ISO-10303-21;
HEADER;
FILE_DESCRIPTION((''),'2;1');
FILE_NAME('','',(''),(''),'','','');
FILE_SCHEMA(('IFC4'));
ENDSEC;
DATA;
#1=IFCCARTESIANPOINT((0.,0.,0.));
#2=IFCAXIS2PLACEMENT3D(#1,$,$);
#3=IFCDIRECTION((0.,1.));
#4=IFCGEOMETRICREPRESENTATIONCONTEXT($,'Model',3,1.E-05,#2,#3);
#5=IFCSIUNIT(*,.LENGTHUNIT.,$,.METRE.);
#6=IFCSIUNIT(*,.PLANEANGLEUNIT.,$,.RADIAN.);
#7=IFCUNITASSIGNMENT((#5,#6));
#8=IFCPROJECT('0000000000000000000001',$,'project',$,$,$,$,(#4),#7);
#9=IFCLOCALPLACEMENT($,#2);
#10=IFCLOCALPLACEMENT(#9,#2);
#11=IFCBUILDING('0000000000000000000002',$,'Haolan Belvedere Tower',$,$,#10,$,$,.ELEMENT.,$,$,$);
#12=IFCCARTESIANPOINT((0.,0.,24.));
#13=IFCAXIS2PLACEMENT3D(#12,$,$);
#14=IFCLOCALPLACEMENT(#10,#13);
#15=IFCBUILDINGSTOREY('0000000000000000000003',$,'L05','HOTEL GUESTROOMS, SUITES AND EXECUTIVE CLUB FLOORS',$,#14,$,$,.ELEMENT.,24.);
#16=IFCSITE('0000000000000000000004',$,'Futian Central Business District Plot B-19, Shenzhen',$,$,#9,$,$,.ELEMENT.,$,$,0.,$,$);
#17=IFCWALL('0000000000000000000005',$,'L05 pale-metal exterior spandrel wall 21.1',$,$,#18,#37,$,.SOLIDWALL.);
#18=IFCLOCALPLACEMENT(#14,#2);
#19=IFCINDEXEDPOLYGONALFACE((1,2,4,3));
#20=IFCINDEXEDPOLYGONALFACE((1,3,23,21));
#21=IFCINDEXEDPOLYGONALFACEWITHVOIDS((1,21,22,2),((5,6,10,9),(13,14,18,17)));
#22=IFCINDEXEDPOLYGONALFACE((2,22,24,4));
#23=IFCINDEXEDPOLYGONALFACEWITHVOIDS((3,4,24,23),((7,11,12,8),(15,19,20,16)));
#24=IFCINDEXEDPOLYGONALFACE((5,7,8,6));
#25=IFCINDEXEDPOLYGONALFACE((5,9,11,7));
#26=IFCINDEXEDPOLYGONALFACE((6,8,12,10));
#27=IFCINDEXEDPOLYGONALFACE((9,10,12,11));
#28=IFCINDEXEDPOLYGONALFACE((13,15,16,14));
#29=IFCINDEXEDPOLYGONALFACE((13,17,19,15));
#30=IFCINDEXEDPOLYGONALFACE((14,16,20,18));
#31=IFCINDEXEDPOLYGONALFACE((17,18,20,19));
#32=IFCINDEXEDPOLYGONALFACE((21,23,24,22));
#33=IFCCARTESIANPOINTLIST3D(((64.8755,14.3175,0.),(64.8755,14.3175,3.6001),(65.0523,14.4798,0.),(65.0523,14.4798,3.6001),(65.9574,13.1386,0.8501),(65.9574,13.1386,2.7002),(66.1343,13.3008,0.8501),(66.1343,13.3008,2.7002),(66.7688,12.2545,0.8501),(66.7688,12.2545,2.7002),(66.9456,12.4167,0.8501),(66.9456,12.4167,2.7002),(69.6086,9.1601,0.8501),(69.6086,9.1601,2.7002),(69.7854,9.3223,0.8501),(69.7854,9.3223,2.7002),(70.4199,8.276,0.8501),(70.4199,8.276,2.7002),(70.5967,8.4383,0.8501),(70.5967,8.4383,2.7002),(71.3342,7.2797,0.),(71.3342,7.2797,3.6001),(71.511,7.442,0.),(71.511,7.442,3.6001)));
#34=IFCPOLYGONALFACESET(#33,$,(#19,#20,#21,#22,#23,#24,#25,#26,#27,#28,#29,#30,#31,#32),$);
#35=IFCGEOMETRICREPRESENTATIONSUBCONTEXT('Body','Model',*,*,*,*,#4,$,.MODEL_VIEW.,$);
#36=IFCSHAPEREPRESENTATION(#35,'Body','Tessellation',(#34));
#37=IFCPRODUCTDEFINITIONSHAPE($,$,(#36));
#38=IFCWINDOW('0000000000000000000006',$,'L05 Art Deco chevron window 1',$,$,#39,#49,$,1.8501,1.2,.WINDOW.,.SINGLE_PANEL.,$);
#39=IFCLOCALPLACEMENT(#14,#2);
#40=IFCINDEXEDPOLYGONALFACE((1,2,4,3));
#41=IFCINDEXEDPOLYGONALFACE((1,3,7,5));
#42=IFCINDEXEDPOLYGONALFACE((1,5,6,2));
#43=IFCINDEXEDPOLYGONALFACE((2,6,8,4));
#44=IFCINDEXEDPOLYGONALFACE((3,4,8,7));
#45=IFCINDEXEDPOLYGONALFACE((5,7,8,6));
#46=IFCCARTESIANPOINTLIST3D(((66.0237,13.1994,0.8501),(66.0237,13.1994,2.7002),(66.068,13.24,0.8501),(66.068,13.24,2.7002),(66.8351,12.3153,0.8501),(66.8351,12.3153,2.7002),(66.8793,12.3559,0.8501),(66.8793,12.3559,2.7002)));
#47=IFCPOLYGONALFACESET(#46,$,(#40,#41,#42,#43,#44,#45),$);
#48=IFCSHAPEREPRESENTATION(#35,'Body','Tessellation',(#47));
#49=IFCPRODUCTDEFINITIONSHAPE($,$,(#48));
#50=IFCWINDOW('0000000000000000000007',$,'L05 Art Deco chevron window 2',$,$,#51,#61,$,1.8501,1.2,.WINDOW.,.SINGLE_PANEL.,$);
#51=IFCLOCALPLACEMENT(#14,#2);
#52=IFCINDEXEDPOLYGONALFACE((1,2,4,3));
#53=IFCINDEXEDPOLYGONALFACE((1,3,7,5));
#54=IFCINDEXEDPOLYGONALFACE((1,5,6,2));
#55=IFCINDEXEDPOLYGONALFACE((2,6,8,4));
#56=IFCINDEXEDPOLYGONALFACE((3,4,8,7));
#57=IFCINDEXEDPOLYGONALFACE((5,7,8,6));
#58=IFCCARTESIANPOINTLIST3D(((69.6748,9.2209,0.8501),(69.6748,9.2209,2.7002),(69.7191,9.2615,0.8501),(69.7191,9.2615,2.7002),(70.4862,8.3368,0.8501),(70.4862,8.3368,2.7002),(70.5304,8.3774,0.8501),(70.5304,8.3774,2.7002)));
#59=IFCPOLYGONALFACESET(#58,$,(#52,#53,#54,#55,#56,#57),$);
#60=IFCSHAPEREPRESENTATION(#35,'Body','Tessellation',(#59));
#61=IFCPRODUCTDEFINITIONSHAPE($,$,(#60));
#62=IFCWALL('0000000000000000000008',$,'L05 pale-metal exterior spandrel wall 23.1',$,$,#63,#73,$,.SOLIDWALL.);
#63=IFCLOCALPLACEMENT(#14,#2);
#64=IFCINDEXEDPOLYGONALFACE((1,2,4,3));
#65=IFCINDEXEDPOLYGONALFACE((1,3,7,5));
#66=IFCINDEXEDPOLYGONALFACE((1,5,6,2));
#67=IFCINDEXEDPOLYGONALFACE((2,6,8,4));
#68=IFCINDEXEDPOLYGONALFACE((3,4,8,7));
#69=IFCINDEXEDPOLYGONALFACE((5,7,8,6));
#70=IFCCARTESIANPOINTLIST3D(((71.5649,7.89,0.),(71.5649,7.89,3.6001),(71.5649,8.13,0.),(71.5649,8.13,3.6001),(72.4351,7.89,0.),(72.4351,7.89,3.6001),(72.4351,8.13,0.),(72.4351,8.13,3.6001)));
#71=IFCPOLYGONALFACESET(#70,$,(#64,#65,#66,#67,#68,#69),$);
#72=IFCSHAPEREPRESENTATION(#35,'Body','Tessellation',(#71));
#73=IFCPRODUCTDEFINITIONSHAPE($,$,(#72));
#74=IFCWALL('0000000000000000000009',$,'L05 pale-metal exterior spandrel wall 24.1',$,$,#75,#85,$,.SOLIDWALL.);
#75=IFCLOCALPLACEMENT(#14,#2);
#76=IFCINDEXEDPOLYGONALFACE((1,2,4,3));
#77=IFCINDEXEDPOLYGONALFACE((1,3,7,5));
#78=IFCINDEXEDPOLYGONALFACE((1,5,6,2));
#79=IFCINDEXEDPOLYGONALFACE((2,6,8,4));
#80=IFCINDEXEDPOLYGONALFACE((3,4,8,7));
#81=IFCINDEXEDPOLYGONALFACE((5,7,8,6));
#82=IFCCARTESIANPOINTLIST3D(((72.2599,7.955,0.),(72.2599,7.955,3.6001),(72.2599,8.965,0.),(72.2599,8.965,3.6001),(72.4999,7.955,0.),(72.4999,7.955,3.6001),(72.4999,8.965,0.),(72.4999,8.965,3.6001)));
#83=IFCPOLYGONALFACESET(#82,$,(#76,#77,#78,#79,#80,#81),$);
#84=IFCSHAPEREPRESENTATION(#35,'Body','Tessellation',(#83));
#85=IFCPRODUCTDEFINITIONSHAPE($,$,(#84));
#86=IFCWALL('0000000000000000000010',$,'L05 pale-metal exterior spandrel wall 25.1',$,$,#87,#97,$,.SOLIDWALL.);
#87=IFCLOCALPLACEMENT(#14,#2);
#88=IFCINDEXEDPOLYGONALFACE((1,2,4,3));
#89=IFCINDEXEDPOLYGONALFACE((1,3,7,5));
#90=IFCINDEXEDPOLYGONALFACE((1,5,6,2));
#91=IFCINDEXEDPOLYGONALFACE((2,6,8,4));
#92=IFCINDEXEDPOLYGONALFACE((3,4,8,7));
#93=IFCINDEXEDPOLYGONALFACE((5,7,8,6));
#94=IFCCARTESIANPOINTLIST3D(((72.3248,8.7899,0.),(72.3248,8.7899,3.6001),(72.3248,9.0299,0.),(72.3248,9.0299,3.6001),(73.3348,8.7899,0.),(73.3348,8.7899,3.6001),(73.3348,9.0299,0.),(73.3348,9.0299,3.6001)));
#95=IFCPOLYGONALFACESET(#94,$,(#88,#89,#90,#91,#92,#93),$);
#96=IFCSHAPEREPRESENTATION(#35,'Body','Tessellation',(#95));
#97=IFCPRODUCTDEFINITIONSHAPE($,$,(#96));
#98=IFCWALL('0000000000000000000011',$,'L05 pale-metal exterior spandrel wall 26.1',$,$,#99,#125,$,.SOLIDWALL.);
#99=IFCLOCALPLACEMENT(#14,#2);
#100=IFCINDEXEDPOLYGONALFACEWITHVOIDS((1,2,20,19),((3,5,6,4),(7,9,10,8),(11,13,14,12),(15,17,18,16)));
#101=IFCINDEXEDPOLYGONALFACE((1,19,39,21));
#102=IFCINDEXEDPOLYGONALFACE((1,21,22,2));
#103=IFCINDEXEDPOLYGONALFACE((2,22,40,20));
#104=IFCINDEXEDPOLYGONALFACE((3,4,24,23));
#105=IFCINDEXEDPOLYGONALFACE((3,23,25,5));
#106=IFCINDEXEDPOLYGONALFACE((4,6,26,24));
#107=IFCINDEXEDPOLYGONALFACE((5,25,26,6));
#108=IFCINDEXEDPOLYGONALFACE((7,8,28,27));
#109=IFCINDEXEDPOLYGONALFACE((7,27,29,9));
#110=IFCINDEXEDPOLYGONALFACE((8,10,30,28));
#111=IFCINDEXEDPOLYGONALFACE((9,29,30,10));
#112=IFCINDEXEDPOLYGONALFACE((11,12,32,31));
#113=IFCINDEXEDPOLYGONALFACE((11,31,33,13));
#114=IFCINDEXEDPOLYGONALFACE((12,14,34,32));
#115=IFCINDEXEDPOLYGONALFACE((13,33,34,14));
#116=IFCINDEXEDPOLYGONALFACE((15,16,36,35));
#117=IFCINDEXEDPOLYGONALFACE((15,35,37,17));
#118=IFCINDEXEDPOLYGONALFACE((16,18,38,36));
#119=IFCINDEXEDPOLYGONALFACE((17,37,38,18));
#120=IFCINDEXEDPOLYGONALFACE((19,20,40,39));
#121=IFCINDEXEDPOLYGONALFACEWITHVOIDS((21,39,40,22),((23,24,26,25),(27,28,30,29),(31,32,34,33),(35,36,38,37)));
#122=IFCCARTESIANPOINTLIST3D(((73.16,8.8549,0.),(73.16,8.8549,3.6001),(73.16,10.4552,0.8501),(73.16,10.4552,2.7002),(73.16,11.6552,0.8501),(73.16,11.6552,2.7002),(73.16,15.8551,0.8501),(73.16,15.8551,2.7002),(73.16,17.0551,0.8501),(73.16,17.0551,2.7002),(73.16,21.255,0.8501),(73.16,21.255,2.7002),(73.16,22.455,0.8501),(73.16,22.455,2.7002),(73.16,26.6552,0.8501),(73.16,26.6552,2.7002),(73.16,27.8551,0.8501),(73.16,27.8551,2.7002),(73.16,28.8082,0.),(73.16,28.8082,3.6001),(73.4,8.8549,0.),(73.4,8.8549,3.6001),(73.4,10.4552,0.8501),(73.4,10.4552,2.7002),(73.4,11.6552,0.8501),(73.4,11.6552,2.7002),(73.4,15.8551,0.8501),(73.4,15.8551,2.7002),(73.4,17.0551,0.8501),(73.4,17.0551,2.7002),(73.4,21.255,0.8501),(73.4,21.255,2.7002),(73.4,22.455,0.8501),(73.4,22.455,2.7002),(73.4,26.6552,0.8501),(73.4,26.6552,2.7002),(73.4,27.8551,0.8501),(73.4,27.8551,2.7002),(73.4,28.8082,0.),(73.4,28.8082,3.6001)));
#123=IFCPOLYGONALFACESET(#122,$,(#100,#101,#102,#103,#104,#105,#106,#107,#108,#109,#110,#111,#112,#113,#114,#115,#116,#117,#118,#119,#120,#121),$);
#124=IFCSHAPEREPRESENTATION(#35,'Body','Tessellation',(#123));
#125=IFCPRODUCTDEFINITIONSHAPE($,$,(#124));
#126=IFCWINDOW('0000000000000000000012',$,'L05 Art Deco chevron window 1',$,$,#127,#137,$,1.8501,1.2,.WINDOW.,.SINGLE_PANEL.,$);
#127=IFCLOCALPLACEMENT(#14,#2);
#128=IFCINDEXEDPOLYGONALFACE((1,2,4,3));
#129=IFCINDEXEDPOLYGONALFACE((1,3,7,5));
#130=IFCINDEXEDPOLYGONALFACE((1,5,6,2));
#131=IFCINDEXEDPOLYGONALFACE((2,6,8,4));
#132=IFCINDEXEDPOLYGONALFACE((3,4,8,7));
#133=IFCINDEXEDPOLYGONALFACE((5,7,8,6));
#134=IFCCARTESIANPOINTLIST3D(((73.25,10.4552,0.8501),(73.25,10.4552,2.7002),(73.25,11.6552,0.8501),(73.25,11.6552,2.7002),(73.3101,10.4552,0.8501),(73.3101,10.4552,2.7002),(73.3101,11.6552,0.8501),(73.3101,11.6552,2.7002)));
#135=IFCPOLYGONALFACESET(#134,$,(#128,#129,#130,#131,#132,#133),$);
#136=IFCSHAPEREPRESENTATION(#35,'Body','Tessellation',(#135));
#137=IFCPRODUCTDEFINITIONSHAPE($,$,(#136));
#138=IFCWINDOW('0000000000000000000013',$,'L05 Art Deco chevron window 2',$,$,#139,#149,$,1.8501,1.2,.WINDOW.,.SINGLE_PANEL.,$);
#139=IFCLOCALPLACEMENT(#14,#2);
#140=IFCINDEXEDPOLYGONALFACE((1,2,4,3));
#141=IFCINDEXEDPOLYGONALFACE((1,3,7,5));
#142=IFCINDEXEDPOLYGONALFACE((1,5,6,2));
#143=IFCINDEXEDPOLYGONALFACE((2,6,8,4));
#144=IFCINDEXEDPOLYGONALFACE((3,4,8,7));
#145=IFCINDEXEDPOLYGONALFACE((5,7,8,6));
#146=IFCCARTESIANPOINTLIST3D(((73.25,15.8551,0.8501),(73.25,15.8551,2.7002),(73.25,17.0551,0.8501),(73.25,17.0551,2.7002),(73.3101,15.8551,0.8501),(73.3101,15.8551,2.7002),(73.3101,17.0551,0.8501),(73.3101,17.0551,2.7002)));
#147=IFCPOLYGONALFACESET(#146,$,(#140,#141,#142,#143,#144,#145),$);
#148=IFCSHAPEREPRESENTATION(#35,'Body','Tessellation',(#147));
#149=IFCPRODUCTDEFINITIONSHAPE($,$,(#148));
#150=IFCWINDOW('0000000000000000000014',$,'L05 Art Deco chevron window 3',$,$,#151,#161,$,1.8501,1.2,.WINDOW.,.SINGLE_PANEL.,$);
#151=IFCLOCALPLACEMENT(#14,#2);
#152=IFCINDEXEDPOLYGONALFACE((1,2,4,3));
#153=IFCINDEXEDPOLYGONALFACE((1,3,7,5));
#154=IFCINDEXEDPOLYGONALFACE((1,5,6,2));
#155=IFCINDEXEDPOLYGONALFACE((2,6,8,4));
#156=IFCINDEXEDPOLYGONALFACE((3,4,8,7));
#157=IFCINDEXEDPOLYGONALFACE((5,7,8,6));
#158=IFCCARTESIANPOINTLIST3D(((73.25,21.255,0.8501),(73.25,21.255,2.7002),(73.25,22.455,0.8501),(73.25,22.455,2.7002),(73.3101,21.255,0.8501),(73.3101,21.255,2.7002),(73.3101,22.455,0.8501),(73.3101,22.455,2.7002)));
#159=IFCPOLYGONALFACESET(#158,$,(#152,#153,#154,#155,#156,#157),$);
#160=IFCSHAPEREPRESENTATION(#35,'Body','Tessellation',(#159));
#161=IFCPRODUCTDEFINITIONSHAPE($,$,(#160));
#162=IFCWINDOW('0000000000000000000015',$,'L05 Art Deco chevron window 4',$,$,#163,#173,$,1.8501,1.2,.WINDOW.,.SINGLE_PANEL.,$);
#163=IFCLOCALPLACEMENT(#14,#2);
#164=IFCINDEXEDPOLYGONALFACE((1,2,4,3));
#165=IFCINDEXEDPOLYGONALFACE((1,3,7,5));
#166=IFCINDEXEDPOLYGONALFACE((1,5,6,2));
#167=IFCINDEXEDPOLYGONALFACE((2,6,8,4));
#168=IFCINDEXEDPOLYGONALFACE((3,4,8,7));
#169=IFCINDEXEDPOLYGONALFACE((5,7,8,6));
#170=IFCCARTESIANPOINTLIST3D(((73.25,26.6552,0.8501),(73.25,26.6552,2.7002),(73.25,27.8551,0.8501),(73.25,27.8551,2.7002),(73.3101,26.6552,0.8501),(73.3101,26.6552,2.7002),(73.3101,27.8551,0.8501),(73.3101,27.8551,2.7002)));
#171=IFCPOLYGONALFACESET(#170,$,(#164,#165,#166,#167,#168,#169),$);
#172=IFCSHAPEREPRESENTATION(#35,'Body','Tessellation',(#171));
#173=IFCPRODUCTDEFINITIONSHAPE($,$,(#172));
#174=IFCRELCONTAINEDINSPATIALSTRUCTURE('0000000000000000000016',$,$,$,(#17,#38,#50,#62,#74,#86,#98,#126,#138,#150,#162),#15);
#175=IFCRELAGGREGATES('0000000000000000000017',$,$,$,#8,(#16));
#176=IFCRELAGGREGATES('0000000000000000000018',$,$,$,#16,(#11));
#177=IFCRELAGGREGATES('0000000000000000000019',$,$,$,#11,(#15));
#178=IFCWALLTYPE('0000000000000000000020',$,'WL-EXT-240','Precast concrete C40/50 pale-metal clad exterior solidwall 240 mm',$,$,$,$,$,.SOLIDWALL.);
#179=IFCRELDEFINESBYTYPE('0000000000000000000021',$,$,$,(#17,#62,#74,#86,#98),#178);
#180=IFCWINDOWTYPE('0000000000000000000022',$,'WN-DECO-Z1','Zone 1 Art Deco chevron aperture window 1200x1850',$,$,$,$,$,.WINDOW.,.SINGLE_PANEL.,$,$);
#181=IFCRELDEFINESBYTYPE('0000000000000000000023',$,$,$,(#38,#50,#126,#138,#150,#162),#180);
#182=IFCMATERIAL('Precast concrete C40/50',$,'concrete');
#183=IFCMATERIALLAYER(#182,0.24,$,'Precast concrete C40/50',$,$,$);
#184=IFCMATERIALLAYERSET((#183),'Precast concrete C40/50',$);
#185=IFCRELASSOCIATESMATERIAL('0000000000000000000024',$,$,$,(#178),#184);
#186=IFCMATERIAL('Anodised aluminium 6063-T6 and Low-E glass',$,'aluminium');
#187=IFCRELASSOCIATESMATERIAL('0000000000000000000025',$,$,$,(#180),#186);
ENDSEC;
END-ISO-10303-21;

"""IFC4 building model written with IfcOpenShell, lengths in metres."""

from ifc_helpers import new_model, si_unit, direction, frame, frame_2d, origin, place, context, subcontext, project, spatial, rectangle, extrude, material, layer, layer_set, type_object, element, fill, save


model = new_model("IFC4")

# Units and contexts
model_context = context("Model", 3, precision=1e-05, world=origin(), true_north=direction((0.0, 1.0)))
body_context = subcontext(model_context, "Body", "Model", "MODEL_VIEW")
ifc_project = project(units=[si_unit("LENGTHUNIT", "METRE"), si_unit("PLANEANGLEUNIT", "RADIAN")], contexts=[model_context])

# Site, building, storey
site_placement = place(None, origin())
site = spatial("IfcSite", under=ifc_project, at=site_placement, Name="Futian Central Business District Plot B-19, Shenzhen", CompositionType="ELEMENT", RefElevation=0.0)
building_placement = place(site_placement, origin())
building = spatial("IfcBuilding", under=site, at=building_placement, Name="Haolan Belvedere Tower", CompositionType="ELEMENT")
storey_placement = place(building_placement, frame((0.0, 0.0, 24.0)))
storey = spatial("IfcBuildingStorey", under=building, at=storey_placement, Name="L05", Description="HOTEL GUESTROOMS, SUITES AND EXECUTIVE CLUB FLOORS", CompositionType="ELEMENT", Elevation=24.0)

# Shared definitions
ifc_material_1 = material(Name="Precast concrete C40/50", Category="concrete")
ifc_layer_1 = layer(ifc_material_1, 0.24, Name="Precast concrete C40/50")
ifc_layer_set_1 = layer_set([ifc_layer_1], Name="Precast concrete C40/50")
wall_type_1 = type_object("IfcWallType", Name="WL-EXT-240", Description="Precast concrete C40/50 pale-metal clad exterior solidwall 240 mm", PredefinedType="SOLIDWALL", material=ifc_layer_set_1)

# Wall, openings, windows
wall_1_placement = place(storey_placement, frame((64.9639, 14.3987, 0.0), z_axis=(0.0, 0.0, 1.0), x_axis=(0.676145, -0.736769, 0.0)))
wall_1 = element("IfcWall", 1, at=wall_1_placement, inside=storey, type_object=wall_type_1, Name="L05 pale-metal exterior spandrel wall 21.1", PredefinedType="SOLIDWALL", context=body_context, shape_type="SweptSolid", body=[
    extrude(rectangle(XDim=9.5522, YDim=0.24, at=frame_2d((4.7761, 0.0))), origin(), (0.0, 0.0, 1.0), 3.6001),
])
opening_1_placement = place(wall_1_placement, frame((1.6001, 0.0, 0.8501)))
opening_1 = element("IfcOpeningElement", 2, at=opening_1_placement, cuts=wall_1, PredefinedType="OPENING", context=body_context, shape_type="SweptSolid", body=[
    extrude(rectangle(XDim=1.2, YDim=1.8501, at=frame_2d((0.6001, 0.925))), frame((0.0, 0.1299, 0.0), z_axis=(0.0, -1.0, 0.0), x_axis=(1.0, 0.0, 0.0)), (0.0, 0.0, 1.0), 0.26),
])
opening_2_placement = place(wall_1_placement, frame((7.0, 0.0, 0.8501)))
opening_2 = element("IfcOpeningElement", 3, at=opening_2_placement, cuts=wall_1, PredefinedType="OPENING", context=body_context, shape_type="SweptSolid", body=[
    extrude(rectangle(XDim=1.2, YDim=1.8501, at=frame_2d((0.6001, 0.925))), frame((0.0, 0.1299, 0.0), z_axis=(0.0, -1.0, 0.0), x_axis=(1.0, 0.0, 0.0)), (0.0, 0.0, 1.0), 0.26),
])
ifc_material_2 = material(Name="Anodised aluminium 6063-T6 and Low-E glass", Category="aluminium")
window_type = type_object("IfcWindowType", Name="WN-DECO-Z1", Description="Zone 1 Art Deco chevron aperture window 1200x1850", PartitioningType="SINGLE_PANEL", PredefinedType="WINDOW", material=ifc_material_2)
window_1_placement = place(opening_1_placement, origin())
window_1 = element("IfcWindow", 4, at=window_1_placement, inside=storey, type_object=window_type, Name="L05 Art Deco chevron window 1", OverallHeight=1.8501, OverallWidth=1.2, PartitioningType="SINGLE_PANEL", PredefinedType="WINDOW", context=body_context, shape_type="SweptSolid", body=[
    extrude(rectangle(XDim=1.2, YDim=1.8501, at=frame_2d((0.6001, 0.925))), frame((0.0, 0.03, 0.0), z_axis=(0.0, -1.0, 0.0), x_axis=(1.0, 0.0, 0.0)), (0.0, 0.0, 1.0), 0.0601),
])
fill(opening_1, window_1)
window_2_placement = place(opening_2_placement, origin())
window_2 = element("IfcWindow", 5, at=window_2_placement, inside=storey, type_object=window_type, Name="L05 Art Deco chevron window 2", OverallHeight=1.8501, OverallWidth=1.2, PartitioningType="SINGLE_PANEL", PredefinedType="WINDOW", context=body_context, shape_type="SweptSolid", body=[
    extrude(rectangle(XDim=1.2, YDim=1.8501, at=frame_2d((0.6001, 0.925))), frame((0.0, 0.03, 0.0), z_axis=(0.0, -1.0, 0.0), x_axis=(1.0, 0.0, 0.0)), (0.0, 0.0, 1.0), 0.0601),
])
fill(opening_2, window_2)

# Walls
wall_2_placement = place(storey_placement, frame((71.5649, 8.01, 0.0), z_axis=(0.0, 0.0, 1.0), x_axis=(1.0, 0.0, 0.0)))
element("IfcWall", 6, at=wall_2_placement, inside=storey, type_object=wall_type_1, Name="L05 pale-metal exterior spandrel wall 23.1", PredefinedType="SOLIDWALL", context=body_context, shape_type="SweptSolid", body=[
    extrude(rectangle(XDim=0.8701, YDim=0.24, at=frame_2d((0.4351, 0.0))), origin(), (0.0, 0.0, 1.0), 3.6001),
])
for number, where, z_axis, x_axis, name in (
    (7, (72.3799, 7.9551, 0.0), (0.0, 0.0, 1.0), (0.0, 1.0, 0.0), "L05 pale-metal exterior spandrel wall 24.1"),
    (8, (72.325, 8.9099, 0.0), (0.0, 0.0, 1.0), (1.0, 0.0, 0.0), "L05 pale-metal exterior spandrel wall 25.1"),
):
    element("IfcWall", number, at=place(storey_placement, frame(where, z_axis=z_axis, x_axis=x_axis)), inside=storey, type_object=wall_type_1, Name=name, PredefinedType="SOLIDWALL", context=body_context, shape_type="SweptSolid", body=[
        extrude(rectangle(XDim=1.01, YDim=0.24, at=frame_2d((0.5049, 0.0))), origin(), (0.0, 0.0, 1.0), 3.6001),
    ])

# Wall, openings, windows
wall_3_placement = place(storey_placement, frame((73.28, 8.855, 0.0), z_axis=(0.0, 0.0, 1.0), x_axis=(0.0, 1.0, 0.0)))
wall_3 = element("IfcWall", 9, at=wall_3_placement, inside=storey, type_object=wall_type_1, Name="L05 pale-metal exterior spandrel wall 26.1", PredefinedType="SOLIDWALL", context=body_context, shape_type="SweptSolid", body=[
    extrude(rectangle(XDim=19.9534, YDim=0.24, at=frame_2d((9.9766, 0.0))), origin(), (0.0, 0.0, 1.0), 3.6001),
])
opening_3_placement = place(wall_3_placement, frame((1.6001, 0.0, 0.8501)))
opening_3 = element("IfcOpeningElement", 10, at=opening_3_placement, cuts=wall_3, PredefinedType="OPENING", context=body_context, shape_type="SweptSolid", body=[
    extrude(rectangle(XDim=1.2, YDim=1.8501, at=frame_2d((0.6001, 0.925))), frame((0.0, 0.1299, 0.0), z_axis=(0.0, -1.0, 0.0), x_axis=(1.0, 0.0, 0.0)), (0.0, 0.0, 1.0), 0.26),
])
opening_4_placement = place(wall_3_placement, frame((7.0, 0.0, 0.8501)))
opening_4 = element("IfcOpeningElement", 11, at=opening_4_placement, cuts=wall_3, PredefinedType="OPENING", context=body_context, shape_type="SweptSolid", body=[
    extrude(rectangle(XDim=1.2, YDim=1.8501, at=frame_2d((0.6001, 0.925))), frame((0.0, 0.1299, 0.0), z_axis=(0.0, -1.0, 0.0), x_axis=(1.0, 0.0, 0.0)), (0.0, 0.0, 1.0), 0.26),
])
opening_5_placement = place(wall_3_placement, frame((12.3999, 0.0, 0.8501)))
opening_5 = element("IfcOpeningElement", 12, at=opening_5_placement, cuts=wall_3, PredefinedType="OPENING", context=body_context, shape_type="SweptSolid", body=[
    extrude(rectangle(XDim=1.2, YDim=1.8501, at=frame_2d((0.6001, 0.925))), frame((0.0, 0.1299, 0.0), z_axis=(0.0, -1.0, 0.0), x_axis=(1.0, 0.0, 0.0)), (0.0, 0.0, 1.0), 0.26),
])
opening_6_placement = place(wall_3_placement, frame((17.8, 0.0, 0.8501)))
opening_6 = element("IfcOpeningElement", 13, at=opening_6_placement, cuts=wall_3, PredefinedType="OPENING", context=body_context, shape_type="SweptSolid", body=[
    extrude(rectangle(XDim=1.2, YDim=1.8501, at=frame_2d((0.6001, 0.925))), frame((0.0, 0.1299, 0.0), z_axis=(0.0, -1.0, 0.0), x_axis=(1.0, 0.0, 0.0)), (0.0, 0.0, 1.0), 0.26),
])
window_3_placement = place(opening_3_placement, origin())
window_3 = element("IfcWindow", 14, at=window_3_placement, inside=storey, type_object=window_type, Name="L05 Art Deco chevron window 1", OverallHeight=1.8501, OverallWidth=1.2, PartitioningType="SINGLE_PANEL", PredefinedType="WINDOW", context=body_context, shape_type="SweptSolid", body=[
    extrude(rectangle(XDim=1.2, YDim=1.8501, at=frame_2d((0.6001, 0.925))), frame((0.0, 0.03, 0.0), z_axis=(0.0, -1.0, 0.0), x_axis=(1.0, 0.0, 0.0)), (0.0, 0.0, 1.0), 0.0601),
])
fill(opening_3, window_3)
window_4_placement = place(opening_4_placement, origin())
window_4 = element("IfcWindow", 15, at=window_4_placement, inside=storey, type_object=window_type, Name="L05 Art Deco chevron window 2", OverallHeight=1.8501, OverallWidth=1.2, PartitioningType="SINGLE_PANEL", PredefinedType="WINDOW", context=body_context, shape_type="SweptSolid", body=[
    extrude(rectangle(XDim=1.2, YDim=1.8501, at=frame_2d((0.6001, 0.925))), frame((0.0, 0.03, 0.0), z_axis=(0.0, -1.0, 0.0), x_axis=(1.0, 0.0, 0.0)), (0.0, 0.0, 1.0), 0.0601),
])
fill(opening_4, window_4)
window_5_placement = place(opening_5_placement, origin())
window_5 = element("IfcWindow", 16, at=window_5_placement, inside=storey, type_object=window_type, Name="L05 Art Deco chevron window 3", OverallHeight=1.8501, OverallWidth=1.2, PartitioningType="SINGLE_PANEL", PredefinedType="WINDOW", context=body_context, shape_type="SweptSolid", body=[
    extrude(rectangle(XDim=1.2, YDim=1.8501, at=frame_2d((0.6001, 0.925))), frame((0.0, 0.03, 0.0), z_axis=(0.0, -1.0, 0.0), x_axis=(1.0, 0.0, 0.0)), (0.0, 0.0, 1.0), 0.0601),
])
fill(opening_5, window_5)
window_6_placement = place(opening_6_placement, origin())
window_6 = element("IfcWindow", 17, at=window_6_placement, inside=storey, type_object=window_type, Name="L05 Art Deco chevron window 4", OverallHeight=1.8501, OverallWidth=1.2, PartitioningType="SINGLE_PANEL", PredefinedType="WINDOW", context=body_context, shape_type="SweptSolid", body=[
    extrude(rectangle(XDim=1.2, YDim=1.8501, at=frame_2d((0.6001, 0.925))), frame((0.0, 0.03, 0.0), z_axis=(0.0, -1.0, 0.0), x_axis=(1.0, 0.0, 0.0)), (0.0, 0.0, 1.0), 0.0601),
])
fill(opening_6, window_6)

save(model, "model.ifc")
